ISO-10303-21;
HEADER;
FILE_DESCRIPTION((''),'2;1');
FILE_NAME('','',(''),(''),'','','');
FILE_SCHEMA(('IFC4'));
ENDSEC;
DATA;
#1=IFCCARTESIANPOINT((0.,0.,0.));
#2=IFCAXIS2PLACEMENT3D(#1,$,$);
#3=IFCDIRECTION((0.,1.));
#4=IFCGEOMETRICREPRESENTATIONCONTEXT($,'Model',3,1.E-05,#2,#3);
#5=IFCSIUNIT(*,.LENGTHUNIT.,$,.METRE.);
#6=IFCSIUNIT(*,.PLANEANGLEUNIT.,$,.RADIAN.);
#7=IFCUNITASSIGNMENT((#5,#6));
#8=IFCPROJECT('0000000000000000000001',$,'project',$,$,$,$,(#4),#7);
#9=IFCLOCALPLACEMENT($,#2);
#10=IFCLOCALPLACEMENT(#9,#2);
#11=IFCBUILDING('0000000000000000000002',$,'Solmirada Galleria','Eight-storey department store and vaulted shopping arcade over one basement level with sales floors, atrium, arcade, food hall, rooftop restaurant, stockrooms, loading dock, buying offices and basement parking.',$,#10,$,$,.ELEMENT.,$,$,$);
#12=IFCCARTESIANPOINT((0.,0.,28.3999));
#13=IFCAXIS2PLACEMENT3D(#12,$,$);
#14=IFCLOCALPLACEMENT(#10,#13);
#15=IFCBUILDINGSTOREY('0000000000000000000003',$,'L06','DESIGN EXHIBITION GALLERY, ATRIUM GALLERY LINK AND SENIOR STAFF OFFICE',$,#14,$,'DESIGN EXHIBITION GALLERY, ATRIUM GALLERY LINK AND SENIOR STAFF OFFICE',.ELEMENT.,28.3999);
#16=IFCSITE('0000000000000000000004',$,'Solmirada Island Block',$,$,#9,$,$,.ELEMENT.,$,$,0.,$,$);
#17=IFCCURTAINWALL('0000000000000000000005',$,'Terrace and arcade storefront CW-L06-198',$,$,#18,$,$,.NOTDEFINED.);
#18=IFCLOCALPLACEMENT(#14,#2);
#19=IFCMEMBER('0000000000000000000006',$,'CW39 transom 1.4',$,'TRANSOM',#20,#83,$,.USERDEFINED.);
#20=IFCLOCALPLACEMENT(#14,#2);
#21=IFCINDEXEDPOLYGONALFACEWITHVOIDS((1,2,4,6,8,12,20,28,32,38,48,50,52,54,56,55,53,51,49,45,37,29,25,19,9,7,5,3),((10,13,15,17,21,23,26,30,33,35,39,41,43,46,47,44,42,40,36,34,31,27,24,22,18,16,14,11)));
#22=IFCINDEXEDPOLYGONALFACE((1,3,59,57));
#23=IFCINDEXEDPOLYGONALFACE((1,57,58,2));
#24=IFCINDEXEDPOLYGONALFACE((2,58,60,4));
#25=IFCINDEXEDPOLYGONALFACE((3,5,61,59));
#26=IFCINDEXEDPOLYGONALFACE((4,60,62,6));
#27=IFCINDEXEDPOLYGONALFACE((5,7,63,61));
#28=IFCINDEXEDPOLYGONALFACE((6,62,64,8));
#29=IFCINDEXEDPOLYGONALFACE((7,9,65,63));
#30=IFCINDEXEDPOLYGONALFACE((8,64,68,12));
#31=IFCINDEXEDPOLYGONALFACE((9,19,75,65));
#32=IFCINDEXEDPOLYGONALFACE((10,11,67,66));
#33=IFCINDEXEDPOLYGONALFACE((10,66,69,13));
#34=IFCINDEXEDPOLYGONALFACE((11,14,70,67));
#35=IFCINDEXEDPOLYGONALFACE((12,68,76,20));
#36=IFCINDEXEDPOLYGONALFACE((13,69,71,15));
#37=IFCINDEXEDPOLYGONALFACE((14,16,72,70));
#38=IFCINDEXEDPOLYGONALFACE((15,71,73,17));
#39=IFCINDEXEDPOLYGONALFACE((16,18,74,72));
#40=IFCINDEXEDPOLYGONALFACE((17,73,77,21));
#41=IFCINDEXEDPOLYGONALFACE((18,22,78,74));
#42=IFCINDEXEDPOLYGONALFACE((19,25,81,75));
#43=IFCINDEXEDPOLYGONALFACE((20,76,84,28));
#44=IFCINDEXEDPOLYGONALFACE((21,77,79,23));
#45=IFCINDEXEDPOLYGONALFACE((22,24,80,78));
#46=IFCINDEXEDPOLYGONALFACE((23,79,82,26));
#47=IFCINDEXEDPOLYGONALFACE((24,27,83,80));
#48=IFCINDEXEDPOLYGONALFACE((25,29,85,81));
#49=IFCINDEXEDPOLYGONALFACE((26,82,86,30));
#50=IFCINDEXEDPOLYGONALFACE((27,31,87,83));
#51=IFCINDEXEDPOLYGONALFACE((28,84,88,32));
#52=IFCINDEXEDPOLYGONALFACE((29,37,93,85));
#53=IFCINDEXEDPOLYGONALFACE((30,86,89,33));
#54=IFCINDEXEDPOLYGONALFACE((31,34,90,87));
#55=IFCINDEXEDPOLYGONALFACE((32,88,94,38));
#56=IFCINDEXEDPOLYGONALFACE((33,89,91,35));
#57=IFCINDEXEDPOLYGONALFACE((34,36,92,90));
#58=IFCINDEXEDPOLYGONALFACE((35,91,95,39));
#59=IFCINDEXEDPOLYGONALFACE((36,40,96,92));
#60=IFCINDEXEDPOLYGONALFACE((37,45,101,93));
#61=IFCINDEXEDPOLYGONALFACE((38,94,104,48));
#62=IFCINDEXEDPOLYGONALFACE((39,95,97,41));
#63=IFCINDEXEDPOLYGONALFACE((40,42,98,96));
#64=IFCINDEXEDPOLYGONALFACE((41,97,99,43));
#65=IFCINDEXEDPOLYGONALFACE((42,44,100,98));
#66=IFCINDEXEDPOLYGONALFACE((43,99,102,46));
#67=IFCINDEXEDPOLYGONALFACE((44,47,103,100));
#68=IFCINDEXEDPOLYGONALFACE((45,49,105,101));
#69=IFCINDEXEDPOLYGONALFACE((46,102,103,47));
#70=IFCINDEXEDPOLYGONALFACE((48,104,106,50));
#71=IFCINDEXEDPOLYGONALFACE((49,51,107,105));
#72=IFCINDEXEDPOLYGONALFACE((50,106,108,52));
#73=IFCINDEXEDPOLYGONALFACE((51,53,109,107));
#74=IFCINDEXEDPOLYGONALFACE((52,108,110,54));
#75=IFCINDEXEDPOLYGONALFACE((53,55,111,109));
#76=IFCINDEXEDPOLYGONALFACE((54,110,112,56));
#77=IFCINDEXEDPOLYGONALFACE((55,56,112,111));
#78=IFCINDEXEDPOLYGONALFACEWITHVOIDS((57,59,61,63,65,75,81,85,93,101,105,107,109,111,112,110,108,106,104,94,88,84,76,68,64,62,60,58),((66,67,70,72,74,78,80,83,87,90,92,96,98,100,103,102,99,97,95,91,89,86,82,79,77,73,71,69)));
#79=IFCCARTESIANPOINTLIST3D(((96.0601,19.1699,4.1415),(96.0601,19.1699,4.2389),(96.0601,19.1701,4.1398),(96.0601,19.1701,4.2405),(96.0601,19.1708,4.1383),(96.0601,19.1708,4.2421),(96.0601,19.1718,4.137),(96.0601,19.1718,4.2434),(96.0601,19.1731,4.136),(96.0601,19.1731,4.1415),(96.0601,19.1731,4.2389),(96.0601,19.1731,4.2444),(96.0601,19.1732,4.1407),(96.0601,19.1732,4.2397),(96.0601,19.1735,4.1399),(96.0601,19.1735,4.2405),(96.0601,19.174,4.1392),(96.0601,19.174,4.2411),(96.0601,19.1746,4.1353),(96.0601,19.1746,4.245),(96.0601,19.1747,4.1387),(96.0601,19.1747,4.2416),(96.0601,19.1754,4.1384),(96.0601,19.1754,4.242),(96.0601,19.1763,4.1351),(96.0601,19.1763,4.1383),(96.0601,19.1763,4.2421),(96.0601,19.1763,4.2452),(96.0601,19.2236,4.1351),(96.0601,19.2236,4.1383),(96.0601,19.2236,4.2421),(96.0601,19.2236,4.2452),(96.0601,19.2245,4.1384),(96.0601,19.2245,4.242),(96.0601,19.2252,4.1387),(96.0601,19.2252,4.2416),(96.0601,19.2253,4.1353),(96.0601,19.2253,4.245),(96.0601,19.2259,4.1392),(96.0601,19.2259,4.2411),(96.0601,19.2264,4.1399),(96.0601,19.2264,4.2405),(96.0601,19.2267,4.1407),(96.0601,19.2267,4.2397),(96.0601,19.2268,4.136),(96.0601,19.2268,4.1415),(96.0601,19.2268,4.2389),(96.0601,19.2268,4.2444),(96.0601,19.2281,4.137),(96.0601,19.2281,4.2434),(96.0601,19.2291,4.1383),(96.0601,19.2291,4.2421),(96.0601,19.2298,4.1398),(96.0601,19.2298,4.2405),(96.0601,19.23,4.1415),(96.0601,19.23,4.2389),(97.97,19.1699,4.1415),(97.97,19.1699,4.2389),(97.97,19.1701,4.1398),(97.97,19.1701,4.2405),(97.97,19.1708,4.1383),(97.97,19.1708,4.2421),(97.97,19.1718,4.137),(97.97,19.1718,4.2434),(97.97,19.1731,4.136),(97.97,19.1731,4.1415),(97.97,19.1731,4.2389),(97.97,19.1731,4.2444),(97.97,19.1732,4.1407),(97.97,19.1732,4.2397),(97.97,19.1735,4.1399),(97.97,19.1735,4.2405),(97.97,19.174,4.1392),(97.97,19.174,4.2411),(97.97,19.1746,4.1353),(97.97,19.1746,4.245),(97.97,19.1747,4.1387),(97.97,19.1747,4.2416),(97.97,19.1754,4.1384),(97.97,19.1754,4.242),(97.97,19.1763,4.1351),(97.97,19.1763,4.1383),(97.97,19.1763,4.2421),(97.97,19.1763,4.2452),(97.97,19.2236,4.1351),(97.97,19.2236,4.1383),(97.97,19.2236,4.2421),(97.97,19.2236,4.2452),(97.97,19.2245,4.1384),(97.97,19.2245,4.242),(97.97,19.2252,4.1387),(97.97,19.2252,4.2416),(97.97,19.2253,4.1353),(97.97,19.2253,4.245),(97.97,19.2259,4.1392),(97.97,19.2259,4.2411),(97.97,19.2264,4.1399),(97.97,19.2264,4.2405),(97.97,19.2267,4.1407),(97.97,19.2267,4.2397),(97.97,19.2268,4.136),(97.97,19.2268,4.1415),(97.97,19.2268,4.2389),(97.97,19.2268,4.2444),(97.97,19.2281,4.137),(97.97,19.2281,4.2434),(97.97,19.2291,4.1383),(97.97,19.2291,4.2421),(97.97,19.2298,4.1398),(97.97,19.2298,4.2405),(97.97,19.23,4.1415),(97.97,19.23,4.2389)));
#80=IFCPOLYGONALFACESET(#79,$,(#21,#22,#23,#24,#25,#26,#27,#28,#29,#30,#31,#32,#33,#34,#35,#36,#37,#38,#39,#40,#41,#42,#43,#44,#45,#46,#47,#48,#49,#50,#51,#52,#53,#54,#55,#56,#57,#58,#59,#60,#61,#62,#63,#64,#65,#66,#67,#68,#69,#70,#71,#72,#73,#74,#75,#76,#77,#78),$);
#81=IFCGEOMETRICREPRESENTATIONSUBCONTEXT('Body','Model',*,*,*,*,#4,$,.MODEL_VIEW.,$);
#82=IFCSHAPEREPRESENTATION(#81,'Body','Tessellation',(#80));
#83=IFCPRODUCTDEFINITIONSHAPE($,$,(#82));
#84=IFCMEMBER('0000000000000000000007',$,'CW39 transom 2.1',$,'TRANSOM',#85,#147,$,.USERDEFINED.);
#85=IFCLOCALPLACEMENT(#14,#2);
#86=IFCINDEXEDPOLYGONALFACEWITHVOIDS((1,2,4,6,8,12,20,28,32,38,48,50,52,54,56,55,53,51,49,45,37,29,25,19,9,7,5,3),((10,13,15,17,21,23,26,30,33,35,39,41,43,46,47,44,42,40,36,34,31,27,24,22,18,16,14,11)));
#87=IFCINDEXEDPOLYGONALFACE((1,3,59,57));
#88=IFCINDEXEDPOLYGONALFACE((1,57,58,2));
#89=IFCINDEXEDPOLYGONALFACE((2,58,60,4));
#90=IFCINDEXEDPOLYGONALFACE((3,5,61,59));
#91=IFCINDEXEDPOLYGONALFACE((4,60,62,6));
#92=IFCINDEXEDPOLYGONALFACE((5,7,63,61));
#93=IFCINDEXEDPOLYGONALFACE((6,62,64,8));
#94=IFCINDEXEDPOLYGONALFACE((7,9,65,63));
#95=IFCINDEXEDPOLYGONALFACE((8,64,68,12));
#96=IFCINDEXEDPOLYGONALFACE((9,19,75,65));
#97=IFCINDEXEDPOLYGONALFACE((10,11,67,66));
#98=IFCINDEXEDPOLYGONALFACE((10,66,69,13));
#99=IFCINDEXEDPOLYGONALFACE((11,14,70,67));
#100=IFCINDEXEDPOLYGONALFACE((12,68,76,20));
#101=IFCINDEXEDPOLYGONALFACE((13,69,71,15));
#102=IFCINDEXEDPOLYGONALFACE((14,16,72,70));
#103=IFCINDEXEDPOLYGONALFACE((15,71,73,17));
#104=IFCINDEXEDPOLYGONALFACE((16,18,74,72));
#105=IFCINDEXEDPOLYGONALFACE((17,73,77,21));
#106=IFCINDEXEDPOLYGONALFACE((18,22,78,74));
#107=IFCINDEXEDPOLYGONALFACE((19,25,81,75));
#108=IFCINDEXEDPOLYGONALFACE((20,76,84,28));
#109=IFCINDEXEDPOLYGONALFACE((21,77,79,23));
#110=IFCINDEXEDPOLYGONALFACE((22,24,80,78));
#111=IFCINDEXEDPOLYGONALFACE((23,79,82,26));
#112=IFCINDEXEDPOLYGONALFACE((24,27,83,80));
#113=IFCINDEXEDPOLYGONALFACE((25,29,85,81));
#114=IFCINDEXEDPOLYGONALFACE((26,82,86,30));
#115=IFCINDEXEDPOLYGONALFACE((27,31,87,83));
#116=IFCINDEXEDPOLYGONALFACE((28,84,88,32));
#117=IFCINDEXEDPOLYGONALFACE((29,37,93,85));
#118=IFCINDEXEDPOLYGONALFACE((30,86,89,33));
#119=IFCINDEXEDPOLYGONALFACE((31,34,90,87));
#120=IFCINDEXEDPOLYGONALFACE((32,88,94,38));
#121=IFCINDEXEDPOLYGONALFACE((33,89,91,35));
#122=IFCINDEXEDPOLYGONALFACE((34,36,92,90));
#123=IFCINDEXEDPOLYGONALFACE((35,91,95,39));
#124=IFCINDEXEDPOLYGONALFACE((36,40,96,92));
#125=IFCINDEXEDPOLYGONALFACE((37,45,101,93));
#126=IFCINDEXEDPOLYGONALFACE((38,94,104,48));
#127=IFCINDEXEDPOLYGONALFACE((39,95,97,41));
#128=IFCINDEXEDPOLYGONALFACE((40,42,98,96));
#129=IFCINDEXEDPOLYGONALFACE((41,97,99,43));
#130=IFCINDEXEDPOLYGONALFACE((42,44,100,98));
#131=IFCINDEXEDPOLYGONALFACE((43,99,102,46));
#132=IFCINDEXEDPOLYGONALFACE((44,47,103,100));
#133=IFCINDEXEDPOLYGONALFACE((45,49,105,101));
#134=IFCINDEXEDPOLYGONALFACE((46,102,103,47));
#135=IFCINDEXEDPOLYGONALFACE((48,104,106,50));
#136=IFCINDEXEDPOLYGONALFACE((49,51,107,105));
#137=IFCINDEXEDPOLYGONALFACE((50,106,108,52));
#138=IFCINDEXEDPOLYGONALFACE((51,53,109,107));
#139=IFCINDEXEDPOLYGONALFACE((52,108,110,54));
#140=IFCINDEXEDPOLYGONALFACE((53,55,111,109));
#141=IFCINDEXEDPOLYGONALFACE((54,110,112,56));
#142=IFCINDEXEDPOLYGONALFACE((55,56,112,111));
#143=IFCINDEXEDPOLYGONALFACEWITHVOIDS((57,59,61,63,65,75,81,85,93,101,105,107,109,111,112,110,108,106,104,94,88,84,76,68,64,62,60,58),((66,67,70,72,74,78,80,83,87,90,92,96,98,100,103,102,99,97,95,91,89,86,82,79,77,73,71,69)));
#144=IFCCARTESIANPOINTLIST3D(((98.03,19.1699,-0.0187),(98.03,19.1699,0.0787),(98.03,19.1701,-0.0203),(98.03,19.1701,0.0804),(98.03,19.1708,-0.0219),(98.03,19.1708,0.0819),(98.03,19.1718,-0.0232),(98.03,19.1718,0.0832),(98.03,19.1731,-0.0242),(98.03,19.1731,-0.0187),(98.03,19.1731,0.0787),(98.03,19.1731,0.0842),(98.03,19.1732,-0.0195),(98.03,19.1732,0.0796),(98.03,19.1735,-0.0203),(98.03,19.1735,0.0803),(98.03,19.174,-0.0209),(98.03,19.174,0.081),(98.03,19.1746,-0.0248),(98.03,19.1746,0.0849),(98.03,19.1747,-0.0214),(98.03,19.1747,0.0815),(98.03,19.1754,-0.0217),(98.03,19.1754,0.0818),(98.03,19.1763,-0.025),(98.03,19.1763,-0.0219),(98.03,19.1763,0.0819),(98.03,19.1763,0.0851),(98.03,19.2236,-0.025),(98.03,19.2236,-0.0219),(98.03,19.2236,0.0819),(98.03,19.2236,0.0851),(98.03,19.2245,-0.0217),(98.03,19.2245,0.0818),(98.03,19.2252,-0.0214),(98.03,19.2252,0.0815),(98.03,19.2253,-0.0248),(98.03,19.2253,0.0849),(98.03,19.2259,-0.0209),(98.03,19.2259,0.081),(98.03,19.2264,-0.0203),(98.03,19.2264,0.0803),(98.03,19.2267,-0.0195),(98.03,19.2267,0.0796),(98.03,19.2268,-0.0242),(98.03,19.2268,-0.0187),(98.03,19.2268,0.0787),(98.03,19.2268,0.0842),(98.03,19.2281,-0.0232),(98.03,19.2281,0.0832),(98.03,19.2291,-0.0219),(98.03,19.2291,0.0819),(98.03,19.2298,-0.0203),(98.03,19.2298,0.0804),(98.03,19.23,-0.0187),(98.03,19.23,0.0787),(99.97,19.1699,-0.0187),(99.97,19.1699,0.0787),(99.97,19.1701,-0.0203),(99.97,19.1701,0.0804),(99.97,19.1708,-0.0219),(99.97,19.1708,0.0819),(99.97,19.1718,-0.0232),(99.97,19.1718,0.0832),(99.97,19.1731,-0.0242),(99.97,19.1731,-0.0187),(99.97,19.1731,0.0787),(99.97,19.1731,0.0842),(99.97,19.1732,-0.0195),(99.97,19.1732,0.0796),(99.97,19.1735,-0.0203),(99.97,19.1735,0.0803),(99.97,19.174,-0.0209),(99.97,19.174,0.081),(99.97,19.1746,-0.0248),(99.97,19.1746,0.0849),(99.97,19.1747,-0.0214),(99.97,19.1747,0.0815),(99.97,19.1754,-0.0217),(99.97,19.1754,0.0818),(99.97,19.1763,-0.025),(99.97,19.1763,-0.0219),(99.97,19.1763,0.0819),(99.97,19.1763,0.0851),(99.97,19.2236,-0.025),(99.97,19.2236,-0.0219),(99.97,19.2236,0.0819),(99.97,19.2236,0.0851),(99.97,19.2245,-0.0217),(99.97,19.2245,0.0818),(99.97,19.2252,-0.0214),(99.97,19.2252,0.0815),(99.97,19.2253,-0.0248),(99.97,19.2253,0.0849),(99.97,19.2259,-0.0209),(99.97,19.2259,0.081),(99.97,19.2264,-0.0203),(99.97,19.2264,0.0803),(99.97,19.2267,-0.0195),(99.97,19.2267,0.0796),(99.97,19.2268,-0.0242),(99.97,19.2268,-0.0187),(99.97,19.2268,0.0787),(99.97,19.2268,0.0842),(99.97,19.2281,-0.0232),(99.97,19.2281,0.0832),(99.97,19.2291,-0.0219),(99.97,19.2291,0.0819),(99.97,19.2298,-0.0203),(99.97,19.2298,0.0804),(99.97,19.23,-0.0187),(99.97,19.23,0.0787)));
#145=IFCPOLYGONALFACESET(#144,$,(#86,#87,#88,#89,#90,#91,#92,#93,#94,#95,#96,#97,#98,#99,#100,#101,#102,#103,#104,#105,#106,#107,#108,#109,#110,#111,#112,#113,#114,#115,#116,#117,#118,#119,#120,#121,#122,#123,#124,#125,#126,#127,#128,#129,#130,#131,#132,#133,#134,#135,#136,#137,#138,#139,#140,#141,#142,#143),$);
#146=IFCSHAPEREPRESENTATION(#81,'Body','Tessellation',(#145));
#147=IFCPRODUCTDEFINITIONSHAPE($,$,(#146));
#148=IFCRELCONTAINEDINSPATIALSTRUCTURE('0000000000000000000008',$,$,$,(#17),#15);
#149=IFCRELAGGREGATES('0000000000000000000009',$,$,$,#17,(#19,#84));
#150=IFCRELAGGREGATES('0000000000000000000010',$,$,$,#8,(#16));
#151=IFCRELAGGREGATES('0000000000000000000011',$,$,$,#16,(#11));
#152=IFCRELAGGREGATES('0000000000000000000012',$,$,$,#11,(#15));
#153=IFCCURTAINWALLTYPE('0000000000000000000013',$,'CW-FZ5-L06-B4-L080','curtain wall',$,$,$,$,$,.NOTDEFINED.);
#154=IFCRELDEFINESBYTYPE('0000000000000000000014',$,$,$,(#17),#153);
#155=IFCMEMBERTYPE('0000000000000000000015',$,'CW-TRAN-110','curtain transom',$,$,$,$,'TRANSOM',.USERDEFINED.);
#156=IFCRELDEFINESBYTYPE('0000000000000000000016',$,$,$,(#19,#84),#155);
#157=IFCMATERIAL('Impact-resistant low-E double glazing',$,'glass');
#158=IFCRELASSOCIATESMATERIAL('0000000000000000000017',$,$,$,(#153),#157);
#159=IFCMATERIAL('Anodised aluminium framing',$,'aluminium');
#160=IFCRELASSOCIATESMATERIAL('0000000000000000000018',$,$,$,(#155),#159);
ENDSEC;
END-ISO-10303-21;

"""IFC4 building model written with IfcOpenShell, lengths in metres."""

from ifc_helpers import new_model, si_unit, direction, frame, origin, origin_2d, place, context, subcontext, project, spatial, hollow_rectangle, extrude, material, material_profile, profile_set, type_object, element, aggregate, save


model = new_model("IFC4")

# Units and contexts
model_context = context("Model", 3, precision=1e-05, world=origin(), true_north=direction((0.0, 1.0)))
body_context = subcontext(model_context, "Body", "Model", "MODEL_VIEW")
ifc_project = project(units=[si_unit("LENGTHUNIT", "METRE"), si_unit("PLANEANGLEUNIT", "RADIAN")], contexts=[model_context])

# Site, building, storey
site_placement = place(None, origin())
site = spatial("IfcSite", under=ifc_project, at=site_placement, Name="Solmirada Island Block", CompositionType="ELEMENT", RefElevation=0.0)
building_placement = place(site_placement, origin())
building = spatial("IfcBuilding", under=site, at=building_placement, Name="Solmirada Galleria", Description="Eight-storey department store and vaulted shopping arcade over one basement level with sales floors, atrium, arcade, food hall, rooftop restaurant, stockrooms, loading dock, buying offices and basement parking.", CompositionType="ELEMENT")
storey_placement = place(building_placement, frame((0.0, 0.0, 28.3999)))
storey = spatial("IfcBuildingStorey", under=building, at=storey_placement, Name="L06", Description="DESIGN EXHIBITION GALLERY, ATRIUM GALLERY LINK AND SENIOR STAFF OFFICE", LongName="DESIGN EXHIBITION GALLERY, ATRIUM GALLERY LINK AND SENIOR STAFF OFFICE", CompositionType="ELEMENT", Elevation=28.3999)

# Curtain wall, members
ifc_material_1 = material(Name="Impact-resistant low-E double glazing", Category="glass")
curtain_wall_type = type_object("IfcCurtainWallType", Name="CW-FZ5-L06-B4-L080", Description="curtain wall", PredefinedType="NOTDEFINED", material=ifc_material_1)
curtain_wall_placement = place(storey_placement, origin())
curtain_wall = element("IfcCurtainWall", 1, at=curtain_wall_placement, inside=storey, type_object=curtain_wall_type, Name="Terrace and arcade storefront CW-L06-198", PredefinedType="NOTDEFINED")
ifc_material_2 = material(Name="Anodised aluminium framing", Category="aluminium")
ifc_material_profile_1 = material_profile(ifc_material_2, hollow_rectangle(XDim=0.0601, YDim=0.1101, WallThickness=0.0032, InnerFilletRadius=0.0032, OuterFilletRadius=0.0063, at=origin_2d()), Name="ALU-TRAN-110X60")
ifc_profile_set_1 = profile_set([ifc_material_profile_1], Name="Anodised aluminium framing")
member_type_1 = type_object("IfcMemberType", Name="CW-TRAN-110", Description="curtain transom", ElementType="TRANSOM", PredefinedType="USERDEFINED", material=ifc_profile_set_1)
member_1_placement = place(storey_placement, frame((96.0601, 19.2, 4.1902), z_axis=(1.0, 0.0, 0.0), x_axis=(0.0, 1.0, 0.0)))
member_1 = element("IfcMember", 2, at=member_1_placement, type_object=member_type_1, Name="CW39 transom 1.4", ObjectType="TRANSOM", PredefinedType="USERDEFINED", context=body_context, shape_type="SweptSolid", body=[
    extrude(hollow_rectangle(XDim=0.0601, YDim=0.1101, WallThickness=0.0032, InnerFilletRadius=0.0032, OuterFilletRadius=0.0063, at=origin_2d()), origin(), (0.0, 0.0, 1.0), 1.9099),
])
member_2_placement = place(storey_placement, frame((98.03, 19.2, 0.03), z_axis=(1.0, 0.0, 0.0), x_axis=(0.0, 1.0, 0.0)))
member_2 = element("IfcMember", 3, at=member_2_placement, type_object=member_type_1, Name="CW39 transom 2.1", ObjectType="TRANSOM", PredefinedType="USERDEFINED", context=body_context, shape_type="SweptSolid", body=[
    extrude(hollow_rectangle(XDim=0.0601, YDim=0.1101, WallThickness=0.0032, InnerFilletRadius=0.0032, OuterFilletRadius=0.0063, at=origin_2d()), origin(), (0.0, 0.0, 1.0), 1.9399),
])

aggregate(curtain_wall, [member_1, member_2])

save(model, "model.ifc")
